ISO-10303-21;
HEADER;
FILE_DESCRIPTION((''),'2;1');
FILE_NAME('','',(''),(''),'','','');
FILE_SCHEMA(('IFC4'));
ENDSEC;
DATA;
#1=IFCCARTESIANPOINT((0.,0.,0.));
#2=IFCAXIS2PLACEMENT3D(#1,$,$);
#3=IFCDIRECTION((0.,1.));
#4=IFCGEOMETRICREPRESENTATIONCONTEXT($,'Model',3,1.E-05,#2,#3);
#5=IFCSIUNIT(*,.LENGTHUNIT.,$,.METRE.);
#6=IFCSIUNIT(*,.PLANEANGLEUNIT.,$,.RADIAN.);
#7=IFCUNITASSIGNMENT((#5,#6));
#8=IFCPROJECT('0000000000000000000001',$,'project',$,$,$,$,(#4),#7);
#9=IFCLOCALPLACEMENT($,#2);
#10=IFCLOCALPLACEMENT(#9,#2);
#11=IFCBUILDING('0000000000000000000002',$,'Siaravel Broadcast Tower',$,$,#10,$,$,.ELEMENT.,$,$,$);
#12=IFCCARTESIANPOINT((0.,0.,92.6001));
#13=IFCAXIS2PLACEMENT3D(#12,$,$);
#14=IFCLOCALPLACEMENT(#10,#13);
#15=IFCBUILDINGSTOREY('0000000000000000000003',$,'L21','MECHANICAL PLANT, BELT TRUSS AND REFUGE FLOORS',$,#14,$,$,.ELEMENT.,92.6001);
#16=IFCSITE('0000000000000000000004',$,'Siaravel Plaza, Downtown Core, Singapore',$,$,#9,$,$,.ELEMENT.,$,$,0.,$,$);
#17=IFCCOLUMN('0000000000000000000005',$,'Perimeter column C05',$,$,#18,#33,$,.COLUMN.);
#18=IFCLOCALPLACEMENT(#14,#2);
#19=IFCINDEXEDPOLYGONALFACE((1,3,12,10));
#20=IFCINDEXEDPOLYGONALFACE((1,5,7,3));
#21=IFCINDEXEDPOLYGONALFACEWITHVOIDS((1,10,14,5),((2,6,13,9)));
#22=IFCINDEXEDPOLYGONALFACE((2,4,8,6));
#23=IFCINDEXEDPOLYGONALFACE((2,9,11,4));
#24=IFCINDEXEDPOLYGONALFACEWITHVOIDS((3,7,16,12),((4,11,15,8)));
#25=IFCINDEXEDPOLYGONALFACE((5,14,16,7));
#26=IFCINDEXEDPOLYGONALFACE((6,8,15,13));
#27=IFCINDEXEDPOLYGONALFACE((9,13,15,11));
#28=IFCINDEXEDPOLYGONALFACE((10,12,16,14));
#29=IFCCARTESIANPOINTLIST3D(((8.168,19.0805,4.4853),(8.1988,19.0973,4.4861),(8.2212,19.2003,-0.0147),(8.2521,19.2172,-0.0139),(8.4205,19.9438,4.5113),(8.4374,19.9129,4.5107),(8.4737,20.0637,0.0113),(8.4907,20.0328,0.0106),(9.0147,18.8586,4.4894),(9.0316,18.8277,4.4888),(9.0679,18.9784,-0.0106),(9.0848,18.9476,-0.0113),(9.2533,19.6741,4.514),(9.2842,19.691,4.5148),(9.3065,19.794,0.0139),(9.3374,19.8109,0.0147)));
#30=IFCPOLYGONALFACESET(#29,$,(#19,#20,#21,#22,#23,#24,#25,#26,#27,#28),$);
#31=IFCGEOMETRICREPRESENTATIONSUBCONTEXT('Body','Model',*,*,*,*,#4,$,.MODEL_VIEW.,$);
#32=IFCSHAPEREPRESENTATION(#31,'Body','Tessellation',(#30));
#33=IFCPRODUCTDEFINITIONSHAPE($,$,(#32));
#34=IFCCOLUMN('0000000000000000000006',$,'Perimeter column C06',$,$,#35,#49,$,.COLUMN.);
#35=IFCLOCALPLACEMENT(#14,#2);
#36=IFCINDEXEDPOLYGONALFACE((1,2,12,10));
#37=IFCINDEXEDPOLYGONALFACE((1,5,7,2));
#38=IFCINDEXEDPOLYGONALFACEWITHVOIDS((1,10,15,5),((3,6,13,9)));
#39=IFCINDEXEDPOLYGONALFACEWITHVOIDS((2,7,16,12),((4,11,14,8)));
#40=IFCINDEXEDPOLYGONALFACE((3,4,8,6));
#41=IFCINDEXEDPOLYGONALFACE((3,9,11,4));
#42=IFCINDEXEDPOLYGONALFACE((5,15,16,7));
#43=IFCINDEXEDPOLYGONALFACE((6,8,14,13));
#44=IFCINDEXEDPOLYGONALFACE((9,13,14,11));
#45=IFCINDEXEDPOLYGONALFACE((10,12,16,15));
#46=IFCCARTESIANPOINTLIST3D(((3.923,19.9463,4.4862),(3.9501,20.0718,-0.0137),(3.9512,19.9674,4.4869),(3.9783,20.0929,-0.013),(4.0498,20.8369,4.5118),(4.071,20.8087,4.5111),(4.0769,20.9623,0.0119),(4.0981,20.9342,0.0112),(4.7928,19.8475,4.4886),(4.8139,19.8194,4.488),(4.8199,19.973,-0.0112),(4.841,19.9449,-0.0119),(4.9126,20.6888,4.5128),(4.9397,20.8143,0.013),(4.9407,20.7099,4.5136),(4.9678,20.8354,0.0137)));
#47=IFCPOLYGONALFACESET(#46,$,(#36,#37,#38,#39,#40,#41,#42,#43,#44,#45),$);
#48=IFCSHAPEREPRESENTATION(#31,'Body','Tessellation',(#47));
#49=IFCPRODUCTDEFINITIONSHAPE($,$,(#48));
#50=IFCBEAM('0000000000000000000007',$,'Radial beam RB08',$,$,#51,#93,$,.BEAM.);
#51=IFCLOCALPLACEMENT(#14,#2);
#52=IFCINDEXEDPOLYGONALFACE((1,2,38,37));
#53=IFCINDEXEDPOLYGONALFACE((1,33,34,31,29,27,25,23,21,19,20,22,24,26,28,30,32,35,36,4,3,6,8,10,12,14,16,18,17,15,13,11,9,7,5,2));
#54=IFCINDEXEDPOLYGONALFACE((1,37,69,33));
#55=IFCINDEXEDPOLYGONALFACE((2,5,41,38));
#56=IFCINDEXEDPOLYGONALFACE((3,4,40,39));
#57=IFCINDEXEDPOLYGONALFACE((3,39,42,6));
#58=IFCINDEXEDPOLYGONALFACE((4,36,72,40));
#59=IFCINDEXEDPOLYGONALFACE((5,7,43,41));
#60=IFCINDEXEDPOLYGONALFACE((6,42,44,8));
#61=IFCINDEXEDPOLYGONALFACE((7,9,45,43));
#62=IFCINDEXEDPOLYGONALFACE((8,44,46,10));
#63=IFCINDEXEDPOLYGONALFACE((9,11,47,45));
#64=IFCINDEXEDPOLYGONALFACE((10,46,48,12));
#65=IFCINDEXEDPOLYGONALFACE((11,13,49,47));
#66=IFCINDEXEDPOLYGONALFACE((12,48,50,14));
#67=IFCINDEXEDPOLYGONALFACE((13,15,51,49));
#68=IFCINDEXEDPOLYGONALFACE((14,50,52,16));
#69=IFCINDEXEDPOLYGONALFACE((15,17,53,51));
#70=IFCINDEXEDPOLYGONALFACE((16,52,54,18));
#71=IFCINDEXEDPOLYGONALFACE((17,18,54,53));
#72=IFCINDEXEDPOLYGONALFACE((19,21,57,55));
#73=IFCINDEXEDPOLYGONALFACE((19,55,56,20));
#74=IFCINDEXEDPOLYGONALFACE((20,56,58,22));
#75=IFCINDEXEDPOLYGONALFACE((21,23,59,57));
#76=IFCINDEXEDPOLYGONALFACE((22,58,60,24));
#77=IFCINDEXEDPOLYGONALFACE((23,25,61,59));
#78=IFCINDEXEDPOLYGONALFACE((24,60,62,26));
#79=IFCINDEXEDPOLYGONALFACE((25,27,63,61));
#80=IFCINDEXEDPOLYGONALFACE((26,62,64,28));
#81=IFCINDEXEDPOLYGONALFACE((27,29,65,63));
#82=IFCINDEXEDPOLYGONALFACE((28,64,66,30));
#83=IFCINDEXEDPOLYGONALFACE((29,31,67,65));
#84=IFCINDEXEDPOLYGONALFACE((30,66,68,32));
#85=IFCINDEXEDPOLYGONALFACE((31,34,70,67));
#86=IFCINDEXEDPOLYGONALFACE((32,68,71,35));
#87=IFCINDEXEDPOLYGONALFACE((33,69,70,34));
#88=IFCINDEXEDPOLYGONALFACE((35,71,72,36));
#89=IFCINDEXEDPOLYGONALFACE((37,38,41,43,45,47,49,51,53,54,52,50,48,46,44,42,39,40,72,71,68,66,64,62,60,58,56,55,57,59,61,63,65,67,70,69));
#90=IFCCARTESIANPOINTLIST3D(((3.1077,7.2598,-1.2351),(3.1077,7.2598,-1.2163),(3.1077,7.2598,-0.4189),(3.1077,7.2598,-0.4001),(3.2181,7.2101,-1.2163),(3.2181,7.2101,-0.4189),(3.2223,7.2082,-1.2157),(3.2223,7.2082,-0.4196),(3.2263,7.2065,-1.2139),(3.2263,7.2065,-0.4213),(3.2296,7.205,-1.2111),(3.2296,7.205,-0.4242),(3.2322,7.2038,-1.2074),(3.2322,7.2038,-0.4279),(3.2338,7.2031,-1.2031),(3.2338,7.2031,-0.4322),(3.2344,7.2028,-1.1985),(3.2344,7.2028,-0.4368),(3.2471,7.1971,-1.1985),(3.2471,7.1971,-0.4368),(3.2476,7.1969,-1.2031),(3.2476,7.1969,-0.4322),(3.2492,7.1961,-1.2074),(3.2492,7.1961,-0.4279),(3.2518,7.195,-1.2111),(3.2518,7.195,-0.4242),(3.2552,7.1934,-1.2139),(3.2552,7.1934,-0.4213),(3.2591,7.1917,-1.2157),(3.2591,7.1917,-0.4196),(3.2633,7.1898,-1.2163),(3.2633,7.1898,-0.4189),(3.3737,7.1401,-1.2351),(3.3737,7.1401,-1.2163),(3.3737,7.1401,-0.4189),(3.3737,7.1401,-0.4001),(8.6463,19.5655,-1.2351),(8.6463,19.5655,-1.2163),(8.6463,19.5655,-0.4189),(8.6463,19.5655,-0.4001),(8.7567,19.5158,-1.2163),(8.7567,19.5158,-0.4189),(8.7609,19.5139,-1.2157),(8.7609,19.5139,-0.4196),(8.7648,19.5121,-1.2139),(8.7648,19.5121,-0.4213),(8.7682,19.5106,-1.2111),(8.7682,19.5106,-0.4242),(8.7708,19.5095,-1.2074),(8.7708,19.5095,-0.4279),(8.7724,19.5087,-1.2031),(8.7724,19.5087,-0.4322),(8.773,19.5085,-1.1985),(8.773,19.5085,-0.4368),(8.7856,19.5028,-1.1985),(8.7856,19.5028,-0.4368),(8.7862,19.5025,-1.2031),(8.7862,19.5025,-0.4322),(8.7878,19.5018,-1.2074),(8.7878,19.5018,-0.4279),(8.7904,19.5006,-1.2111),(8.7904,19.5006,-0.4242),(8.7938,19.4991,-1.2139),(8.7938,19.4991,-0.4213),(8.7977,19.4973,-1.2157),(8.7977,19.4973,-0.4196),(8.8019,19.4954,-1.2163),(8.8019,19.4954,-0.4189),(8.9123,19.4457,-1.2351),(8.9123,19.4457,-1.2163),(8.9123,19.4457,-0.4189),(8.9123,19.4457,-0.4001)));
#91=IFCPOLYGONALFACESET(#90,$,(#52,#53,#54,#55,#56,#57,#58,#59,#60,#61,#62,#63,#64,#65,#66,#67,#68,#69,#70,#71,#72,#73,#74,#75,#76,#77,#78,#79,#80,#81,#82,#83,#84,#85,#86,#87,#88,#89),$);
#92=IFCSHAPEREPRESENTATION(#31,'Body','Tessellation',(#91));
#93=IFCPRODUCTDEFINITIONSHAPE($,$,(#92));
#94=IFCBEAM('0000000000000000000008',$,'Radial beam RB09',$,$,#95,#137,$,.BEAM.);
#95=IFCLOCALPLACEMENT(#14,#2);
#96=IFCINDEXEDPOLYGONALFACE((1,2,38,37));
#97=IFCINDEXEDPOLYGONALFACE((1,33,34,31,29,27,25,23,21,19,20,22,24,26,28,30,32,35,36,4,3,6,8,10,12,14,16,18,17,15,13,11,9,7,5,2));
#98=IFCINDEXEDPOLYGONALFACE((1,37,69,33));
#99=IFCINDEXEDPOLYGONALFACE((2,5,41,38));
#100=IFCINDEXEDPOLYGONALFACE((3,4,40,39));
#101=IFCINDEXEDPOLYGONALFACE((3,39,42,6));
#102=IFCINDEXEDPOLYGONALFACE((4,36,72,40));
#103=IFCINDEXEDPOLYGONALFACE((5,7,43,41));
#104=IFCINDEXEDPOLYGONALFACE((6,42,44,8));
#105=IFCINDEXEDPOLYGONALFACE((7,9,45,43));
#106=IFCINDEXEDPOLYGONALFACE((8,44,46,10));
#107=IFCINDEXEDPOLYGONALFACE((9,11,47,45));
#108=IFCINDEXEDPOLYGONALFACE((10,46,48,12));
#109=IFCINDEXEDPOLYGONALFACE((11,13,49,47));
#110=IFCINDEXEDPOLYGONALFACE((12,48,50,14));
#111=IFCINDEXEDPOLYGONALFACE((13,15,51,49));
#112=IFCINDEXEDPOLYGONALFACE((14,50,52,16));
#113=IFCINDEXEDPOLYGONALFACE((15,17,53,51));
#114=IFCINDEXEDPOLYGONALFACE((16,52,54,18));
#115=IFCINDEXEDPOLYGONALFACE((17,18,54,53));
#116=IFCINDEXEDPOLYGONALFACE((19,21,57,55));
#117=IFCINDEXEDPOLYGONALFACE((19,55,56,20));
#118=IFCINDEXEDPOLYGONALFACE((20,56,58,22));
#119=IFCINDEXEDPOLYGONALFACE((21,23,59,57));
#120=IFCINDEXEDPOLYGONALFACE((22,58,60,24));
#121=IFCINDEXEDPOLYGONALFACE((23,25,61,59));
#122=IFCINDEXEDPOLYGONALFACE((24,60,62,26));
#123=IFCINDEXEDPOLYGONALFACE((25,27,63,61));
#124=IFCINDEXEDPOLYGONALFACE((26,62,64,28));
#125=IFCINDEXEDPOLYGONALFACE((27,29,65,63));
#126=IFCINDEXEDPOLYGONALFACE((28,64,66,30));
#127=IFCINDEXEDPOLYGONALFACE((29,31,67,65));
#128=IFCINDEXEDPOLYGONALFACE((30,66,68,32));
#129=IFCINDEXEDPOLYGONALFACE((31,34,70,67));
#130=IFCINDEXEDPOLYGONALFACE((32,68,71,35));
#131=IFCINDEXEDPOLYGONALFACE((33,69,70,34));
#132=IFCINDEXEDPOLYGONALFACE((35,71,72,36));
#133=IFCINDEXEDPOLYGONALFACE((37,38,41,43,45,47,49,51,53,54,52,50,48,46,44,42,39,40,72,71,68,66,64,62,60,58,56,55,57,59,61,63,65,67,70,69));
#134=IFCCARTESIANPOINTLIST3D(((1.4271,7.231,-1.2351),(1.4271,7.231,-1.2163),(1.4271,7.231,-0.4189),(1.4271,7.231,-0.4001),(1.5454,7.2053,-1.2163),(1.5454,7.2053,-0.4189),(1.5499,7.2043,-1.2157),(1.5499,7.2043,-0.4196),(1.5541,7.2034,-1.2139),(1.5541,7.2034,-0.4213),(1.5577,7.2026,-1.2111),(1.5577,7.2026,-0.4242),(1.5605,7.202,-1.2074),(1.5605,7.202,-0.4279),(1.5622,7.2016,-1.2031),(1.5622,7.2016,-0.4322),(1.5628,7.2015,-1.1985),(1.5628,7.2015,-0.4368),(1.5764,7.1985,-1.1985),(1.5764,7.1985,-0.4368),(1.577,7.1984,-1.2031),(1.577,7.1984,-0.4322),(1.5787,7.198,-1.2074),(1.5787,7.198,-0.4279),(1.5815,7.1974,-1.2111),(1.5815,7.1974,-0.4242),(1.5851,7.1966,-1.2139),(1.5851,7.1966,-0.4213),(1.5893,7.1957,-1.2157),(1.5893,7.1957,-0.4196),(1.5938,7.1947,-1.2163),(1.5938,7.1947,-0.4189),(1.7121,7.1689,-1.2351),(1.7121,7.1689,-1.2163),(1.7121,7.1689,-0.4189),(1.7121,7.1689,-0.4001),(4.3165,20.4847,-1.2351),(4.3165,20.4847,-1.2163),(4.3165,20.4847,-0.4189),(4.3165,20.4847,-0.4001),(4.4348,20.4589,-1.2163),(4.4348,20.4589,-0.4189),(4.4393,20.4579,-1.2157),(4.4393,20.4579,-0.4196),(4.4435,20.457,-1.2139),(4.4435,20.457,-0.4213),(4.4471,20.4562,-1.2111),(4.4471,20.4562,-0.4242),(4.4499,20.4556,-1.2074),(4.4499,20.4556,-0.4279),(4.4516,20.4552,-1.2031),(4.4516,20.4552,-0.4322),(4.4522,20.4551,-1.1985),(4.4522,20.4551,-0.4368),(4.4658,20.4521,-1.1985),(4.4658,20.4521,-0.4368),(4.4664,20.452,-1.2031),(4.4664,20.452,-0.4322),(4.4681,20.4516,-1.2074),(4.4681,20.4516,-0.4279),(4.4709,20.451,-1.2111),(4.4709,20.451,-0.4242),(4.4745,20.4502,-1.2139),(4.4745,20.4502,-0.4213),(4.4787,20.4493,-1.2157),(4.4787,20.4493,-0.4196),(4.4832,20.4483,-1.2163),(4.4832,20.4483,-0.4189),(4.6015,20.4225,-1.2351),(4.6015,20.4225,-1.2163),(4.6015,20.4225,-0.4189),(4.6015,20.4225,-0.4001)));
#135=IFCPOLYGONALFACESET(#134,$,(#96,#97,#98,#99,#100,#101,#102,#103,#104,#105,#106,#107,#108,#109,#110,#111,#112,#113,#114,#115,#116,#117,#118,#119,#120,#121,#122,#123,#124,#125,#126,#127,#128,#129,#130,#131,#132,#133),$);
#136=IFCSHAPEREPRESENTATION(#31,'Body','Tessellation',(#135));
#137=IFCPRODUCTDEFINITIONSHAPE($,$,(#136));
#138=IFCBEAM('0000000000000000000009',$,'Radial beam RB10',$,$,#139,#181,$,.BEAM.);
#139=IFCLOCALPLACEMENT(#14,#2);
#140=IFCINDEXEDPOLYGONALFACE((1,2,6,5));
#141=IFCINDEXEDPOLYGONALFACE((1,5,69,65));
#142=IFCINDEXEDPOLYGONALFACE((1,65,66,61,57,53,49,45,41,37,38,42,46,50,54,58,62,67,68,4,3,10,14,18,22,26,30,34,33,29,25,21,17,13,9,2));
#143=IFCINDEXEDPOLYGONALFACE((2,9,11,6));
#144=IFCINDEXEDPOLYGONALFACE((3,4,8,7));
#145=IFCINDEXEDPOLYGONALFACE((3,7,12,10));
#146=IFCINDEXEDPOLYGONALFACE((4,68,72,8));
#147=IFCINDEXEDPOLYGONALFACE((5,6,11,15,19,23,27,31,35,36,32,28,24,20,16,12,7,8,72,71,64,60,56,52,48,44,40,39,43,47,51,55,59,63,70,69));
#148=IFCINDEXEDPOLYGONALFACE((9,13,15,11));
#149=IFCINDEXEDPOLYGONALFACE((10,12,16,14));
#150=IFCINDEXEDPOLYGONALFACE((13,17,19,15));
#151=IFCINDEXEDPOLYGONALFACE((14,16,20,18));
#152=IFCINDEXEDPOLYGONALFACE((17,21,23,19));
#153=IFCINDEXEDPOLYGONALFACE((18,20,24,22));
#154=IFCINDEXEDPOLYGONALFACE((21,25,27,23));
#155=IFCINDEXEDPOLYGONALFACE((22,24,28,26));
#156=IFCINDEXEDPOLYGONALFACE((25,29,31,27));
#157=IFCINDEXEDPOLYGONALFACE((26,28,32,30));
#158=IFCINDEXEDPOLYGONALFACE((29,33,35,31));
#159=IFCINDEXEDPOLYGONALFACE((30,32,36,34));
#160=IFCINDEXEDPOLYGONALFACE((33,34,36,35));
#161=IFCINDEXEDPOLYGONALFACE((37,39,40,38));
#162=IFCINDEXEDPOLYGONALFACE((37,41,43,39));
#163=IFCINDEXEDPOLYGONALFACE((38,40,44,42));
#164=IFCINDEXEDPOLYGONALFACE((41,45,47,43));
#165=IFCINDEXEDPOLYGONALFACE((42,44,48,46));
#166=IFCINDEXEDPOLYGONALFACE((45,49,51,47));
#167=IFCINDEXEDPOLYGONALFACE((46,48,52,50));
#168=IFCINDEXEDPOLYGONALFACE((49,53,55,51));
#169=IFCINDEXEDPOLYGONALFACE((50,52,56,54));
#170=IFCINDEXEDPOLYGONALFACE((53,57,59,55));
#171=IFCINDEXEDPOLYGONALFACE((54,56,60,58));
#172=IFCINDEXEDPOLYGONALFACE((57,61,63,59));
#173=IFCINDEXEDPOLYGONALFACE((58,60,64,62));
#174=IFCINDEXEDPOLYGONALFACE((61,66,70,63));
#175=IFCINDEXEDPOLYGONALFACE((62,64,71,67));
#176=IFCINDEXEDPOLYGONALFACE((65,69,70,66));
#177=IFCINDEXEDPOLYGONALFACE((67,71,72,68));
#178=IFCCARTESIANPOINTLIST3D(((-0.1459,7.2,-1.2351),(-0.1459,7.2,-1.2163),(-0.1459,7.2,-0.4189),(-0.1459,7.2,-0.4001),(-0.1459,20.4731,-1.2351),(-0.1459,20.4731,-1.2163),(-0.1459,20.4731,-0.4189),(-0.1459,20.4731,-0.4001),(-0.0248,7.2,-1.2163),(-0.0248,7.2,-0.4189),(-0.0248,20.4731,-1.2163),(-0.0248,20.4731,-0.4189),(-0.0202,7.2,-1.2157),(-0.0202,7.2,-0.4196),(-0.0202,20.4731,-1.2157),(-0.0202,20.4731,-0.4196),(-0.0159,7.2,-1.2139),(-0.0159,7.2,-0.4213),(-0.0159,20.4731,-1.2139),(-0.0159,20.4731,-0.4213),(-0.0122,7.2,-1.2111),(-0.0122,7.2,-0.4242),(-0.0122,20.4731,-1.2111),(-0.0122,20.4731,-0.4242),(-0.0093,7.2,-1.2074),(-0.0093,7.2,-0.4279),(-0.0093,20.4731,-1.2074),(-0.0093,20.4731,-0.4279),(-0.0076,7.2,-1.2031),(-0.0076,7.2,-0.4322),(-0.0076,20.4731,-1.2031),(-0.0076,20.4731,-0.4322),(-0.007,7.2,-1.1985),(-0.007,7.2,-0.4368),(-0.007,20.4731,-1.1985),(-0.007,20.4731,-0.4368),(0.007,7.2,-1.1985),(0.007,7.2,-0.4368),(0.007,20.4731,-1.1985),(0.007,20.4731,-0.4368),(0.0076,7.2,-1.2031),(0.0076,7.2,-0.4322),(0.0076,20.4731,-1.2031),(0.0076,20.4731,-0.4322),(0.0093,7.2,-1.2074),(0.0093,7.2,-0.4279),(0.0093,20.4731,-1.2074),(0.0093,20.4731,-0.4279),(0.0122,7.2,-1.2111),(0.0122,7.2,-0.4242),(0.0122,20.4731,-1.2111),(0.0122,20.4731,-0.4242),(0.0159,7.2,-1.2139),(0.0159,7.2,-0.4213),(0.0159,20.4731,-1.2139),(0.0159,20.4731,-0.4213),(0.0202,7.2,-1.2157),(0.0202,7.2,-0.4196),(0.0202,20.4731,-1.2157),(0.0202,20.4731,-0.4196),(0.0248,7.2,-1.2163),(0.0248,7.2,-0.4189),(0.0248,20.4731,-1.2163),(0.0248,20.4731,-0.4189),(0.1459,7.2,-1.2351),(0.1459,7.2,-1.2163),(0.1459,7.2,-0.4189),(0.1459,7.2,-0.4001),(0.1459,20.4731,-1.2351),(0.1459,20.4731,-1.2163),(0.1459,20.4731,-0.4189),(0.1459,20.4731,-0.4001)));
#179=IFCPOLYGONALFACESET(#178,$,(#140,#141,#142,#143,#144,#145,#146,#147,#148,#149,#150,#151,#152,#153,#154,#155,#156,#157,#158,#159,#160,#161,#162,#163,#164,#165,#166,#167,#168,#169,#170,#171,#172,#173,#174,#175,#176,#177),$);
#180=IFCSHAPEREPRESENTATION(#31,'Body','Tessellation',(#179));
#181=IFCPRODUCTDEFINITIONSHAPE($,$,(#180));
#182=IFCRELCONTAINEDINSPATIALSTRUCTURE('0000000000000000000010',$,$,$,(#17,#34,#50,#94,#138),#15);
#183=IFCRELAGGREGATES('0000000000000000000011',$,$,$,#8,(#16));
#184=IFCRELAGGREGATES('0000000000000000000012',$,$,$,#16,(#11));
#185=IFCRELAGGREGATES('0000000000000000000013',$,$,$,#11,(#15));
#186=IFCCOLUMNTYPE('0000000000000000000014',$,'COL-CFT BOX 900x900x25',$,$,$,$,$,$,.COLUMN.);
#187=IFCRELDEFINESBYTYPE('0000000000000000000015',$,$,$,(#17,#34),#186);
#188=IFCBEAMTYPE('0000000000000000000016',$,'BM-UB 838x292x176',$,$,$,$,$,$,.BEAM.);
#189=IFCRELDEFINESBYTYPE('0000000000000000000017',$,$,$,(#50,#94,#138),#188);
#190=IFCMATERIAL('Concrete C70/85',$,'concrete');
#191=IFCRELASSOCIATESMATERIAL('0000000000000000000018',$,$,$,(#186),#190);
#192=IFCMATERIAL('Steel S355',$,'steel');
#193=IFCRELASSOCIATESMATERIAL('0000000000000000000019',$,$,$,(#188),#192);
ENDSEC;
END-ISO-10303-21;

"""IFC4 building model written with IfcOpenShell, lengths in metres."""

from ifc_helpers import new_model, si_unit, direction, frame, origin, origin_2d, place, context, subcontext, project, spatial, hollow_rectangle, i_section, extrude, material, material_profile, profile_set, type_object, element, save


model = new_model("IFC4")

# Units and contexts
model_context = context("Model", 3, precision=1e-05, world=origin(), true_north=direction((0.0, 1.0)))
body_context = subcontext(model_context, "Body", "Model", "MODEL_VIEW")
ifc_project = project(units=[si_unit("LENGTHUNIT", "METRE"), si_unit("PLANEANGLEUNIT", "RADIAN")], contexts=[model_context])

# Site, building, storey
site_placement = place(None, origin())
site = spatial("IfcSite", under=ifc_project, at=site_placement, Name="Siaravel Plaza, Downtown Core, Singapore", CompositionType="ELEMENT", RefElevation=0.0)
building_placement = place(site_placement, origin())
building = spatial("IfcBuilding", under=site, at=building_placement, Name="Siaravel Broadcast Tower", CompositionType="ELEMENT")
storey_placement = place(building_placement, frame((0.0, 0.0, 92.6001)))
storey = spatial("IfcBuildingStorey", under=building, at=storey_placement, Name="L21", Description="MECHANICAL PLANT, BELT TRUSS AND REFUGE FLOORS", CompositionType="ELEMENT", Elevation=92.6001)

# Columns
ifc_material_1 = material(Name="Concrete C70/85", Category="concrete")
ifc_material_profile_1 = material_profile(ifc_material_1, hollow_rectangle(XDim=0.8999, YDim=0.8999, WallThickness=0.0249, at=origin_2d()))
ifc_profile_set_1 = profile_set([ifc_material_profile_1], Name="Concrete C70/85")
column_type = type_object("IfcColumnType", Name="COL-CFT BOX 900x900x25", PredefinedType="COLUMN", material=ifc_profile_set_1)
column_1_placement = place(storey_placement, frame((8.7793, 19.5056, 0.0), z_axis=(-0.011822, -0.026627, 0.999576), x_axis=(0.959734, -0.280883, 0.003869)))
element("IfcColumn", 1, at=column_1_placement, inside=storey, type_object=column_type, Name="Perimeter column C05", PredefinedType="COLUMN", context=body_context, shape_type="SweptSolid", body=[
    extrude(hollow_rectangle(XDim=0.8999, YDim=0.8999, WallThickness=0.0249, at=origin_2d()), origin(), (0.0, 0.0, 1.0), 4.502),
])
column_2_placement = place(storey_placement, frame((4.459, 20.4536, 0.0), z_axis=(-0.00602, -0.027875, 0.999593), x_axis=(0.990003, -0.141035, 0.002029)))
element("IfcColumn", 2, at=column_2_placement, inside=storey, type_object=column_type, Name="Perimeter column C06", PredefinedType="COLUMN", context=body_context, shape_type="SweptSolid", body=[
    extrude(hollow_rectangle(XDim=0.8999, YDim=0.8999, WallThickness=0.0249, at=origin_2d()), origin(), (0.0, 0.0, 1.0), 4.5017),
])

# Beams
ifc_material_2 = material(Name="Steel S355", Category="steel")
ifc_material_profile_2 = material_profile(ifc_material_2, i_section(OverallWidth=0.2917, OverallDepth=0.835, WebThickness=0.0139, FlangeThickness=0.0188, FilletRadius=0.0178, at=origin_2d()))
ifc_profile_set_2 = profile_set([ifc_material_profile_2], Name="Steel S355")
beam_type_1 = type_object("IfcBeamType", Name="BM-UB 838x292x176", PredefinedType="BEAM", material=ifc_profile_set_2)
beam_1_placement = place(storey_placement, frame((8.7793, 19.5056, -0.8176), z_axis=(-0.410428, -0.911893, 0.0), x_axis=(0.911893, -0.410428, 0.0)))
element("IfcBeam", 3, at=beam_1_placement, inside=storey, type_object=beam_type_1, Name="Radial beam RB08", PredefinedType="BEAM", context=body_context, shape_type="SweptSolid", body=[
    extrude(i_section(OverallWidth=0.2917, OverallDepth=0.835, WebThickness=0.0139, FlangeThickness=0.0188, FilletRadius=0.0178, at=origin_2d()), origin(), (0.0, 0.0, 1.0), 13.4946),
])
beam_2_placement = place(storey_placement, frame((4.459, 20.4536, -0.8176), z_axis=(-0.213005, -0.977051, 0.0), x_axis=(0.977051, -0.213005, 0.0)))
element("IfcBeam", 4, at=beam_2_placement, inside=storey, type_object=beam_type_1, Name="Radial beam RB09", PredefinedType="BEAM", context=body_context, shape_type="SweptSolid", body=[
    extrude(i_section(OverallWidth=0.2917, OverallDepth=0.835, WebThickness=0.0139, FlangeThickness=0.0188, FilletRadius=0.0178, at=origin_2d()), origin(), (0.0, 0.0, 1.0), 13.5649),
])
beam_3_placement = place(storey_placement, frame((0.0, 20.4731, -0.8176), z_axis=(0.0, -1.0, 0.0), x_axis=(1.0, 0.0, 0.0)))
element("IfcBeam", 5, at=beam_3_placement, inside=storey, type_object=beam_type_1, Name="Radial beam RB10", PredefinedType="BEAM", context=body_context, shape_type="SweptSolid", body=[
    extrude(i_section(OverallWidth=0.2917, OverallDepth=0.835, WebThickness=0.0139, FlangeThickness=0.0188, FilletRadius=0.0178, at=origin_2d()), origin(), (0.0, 0.0, 1.0), 13.2732),
])

save(model, "model.ifc")
